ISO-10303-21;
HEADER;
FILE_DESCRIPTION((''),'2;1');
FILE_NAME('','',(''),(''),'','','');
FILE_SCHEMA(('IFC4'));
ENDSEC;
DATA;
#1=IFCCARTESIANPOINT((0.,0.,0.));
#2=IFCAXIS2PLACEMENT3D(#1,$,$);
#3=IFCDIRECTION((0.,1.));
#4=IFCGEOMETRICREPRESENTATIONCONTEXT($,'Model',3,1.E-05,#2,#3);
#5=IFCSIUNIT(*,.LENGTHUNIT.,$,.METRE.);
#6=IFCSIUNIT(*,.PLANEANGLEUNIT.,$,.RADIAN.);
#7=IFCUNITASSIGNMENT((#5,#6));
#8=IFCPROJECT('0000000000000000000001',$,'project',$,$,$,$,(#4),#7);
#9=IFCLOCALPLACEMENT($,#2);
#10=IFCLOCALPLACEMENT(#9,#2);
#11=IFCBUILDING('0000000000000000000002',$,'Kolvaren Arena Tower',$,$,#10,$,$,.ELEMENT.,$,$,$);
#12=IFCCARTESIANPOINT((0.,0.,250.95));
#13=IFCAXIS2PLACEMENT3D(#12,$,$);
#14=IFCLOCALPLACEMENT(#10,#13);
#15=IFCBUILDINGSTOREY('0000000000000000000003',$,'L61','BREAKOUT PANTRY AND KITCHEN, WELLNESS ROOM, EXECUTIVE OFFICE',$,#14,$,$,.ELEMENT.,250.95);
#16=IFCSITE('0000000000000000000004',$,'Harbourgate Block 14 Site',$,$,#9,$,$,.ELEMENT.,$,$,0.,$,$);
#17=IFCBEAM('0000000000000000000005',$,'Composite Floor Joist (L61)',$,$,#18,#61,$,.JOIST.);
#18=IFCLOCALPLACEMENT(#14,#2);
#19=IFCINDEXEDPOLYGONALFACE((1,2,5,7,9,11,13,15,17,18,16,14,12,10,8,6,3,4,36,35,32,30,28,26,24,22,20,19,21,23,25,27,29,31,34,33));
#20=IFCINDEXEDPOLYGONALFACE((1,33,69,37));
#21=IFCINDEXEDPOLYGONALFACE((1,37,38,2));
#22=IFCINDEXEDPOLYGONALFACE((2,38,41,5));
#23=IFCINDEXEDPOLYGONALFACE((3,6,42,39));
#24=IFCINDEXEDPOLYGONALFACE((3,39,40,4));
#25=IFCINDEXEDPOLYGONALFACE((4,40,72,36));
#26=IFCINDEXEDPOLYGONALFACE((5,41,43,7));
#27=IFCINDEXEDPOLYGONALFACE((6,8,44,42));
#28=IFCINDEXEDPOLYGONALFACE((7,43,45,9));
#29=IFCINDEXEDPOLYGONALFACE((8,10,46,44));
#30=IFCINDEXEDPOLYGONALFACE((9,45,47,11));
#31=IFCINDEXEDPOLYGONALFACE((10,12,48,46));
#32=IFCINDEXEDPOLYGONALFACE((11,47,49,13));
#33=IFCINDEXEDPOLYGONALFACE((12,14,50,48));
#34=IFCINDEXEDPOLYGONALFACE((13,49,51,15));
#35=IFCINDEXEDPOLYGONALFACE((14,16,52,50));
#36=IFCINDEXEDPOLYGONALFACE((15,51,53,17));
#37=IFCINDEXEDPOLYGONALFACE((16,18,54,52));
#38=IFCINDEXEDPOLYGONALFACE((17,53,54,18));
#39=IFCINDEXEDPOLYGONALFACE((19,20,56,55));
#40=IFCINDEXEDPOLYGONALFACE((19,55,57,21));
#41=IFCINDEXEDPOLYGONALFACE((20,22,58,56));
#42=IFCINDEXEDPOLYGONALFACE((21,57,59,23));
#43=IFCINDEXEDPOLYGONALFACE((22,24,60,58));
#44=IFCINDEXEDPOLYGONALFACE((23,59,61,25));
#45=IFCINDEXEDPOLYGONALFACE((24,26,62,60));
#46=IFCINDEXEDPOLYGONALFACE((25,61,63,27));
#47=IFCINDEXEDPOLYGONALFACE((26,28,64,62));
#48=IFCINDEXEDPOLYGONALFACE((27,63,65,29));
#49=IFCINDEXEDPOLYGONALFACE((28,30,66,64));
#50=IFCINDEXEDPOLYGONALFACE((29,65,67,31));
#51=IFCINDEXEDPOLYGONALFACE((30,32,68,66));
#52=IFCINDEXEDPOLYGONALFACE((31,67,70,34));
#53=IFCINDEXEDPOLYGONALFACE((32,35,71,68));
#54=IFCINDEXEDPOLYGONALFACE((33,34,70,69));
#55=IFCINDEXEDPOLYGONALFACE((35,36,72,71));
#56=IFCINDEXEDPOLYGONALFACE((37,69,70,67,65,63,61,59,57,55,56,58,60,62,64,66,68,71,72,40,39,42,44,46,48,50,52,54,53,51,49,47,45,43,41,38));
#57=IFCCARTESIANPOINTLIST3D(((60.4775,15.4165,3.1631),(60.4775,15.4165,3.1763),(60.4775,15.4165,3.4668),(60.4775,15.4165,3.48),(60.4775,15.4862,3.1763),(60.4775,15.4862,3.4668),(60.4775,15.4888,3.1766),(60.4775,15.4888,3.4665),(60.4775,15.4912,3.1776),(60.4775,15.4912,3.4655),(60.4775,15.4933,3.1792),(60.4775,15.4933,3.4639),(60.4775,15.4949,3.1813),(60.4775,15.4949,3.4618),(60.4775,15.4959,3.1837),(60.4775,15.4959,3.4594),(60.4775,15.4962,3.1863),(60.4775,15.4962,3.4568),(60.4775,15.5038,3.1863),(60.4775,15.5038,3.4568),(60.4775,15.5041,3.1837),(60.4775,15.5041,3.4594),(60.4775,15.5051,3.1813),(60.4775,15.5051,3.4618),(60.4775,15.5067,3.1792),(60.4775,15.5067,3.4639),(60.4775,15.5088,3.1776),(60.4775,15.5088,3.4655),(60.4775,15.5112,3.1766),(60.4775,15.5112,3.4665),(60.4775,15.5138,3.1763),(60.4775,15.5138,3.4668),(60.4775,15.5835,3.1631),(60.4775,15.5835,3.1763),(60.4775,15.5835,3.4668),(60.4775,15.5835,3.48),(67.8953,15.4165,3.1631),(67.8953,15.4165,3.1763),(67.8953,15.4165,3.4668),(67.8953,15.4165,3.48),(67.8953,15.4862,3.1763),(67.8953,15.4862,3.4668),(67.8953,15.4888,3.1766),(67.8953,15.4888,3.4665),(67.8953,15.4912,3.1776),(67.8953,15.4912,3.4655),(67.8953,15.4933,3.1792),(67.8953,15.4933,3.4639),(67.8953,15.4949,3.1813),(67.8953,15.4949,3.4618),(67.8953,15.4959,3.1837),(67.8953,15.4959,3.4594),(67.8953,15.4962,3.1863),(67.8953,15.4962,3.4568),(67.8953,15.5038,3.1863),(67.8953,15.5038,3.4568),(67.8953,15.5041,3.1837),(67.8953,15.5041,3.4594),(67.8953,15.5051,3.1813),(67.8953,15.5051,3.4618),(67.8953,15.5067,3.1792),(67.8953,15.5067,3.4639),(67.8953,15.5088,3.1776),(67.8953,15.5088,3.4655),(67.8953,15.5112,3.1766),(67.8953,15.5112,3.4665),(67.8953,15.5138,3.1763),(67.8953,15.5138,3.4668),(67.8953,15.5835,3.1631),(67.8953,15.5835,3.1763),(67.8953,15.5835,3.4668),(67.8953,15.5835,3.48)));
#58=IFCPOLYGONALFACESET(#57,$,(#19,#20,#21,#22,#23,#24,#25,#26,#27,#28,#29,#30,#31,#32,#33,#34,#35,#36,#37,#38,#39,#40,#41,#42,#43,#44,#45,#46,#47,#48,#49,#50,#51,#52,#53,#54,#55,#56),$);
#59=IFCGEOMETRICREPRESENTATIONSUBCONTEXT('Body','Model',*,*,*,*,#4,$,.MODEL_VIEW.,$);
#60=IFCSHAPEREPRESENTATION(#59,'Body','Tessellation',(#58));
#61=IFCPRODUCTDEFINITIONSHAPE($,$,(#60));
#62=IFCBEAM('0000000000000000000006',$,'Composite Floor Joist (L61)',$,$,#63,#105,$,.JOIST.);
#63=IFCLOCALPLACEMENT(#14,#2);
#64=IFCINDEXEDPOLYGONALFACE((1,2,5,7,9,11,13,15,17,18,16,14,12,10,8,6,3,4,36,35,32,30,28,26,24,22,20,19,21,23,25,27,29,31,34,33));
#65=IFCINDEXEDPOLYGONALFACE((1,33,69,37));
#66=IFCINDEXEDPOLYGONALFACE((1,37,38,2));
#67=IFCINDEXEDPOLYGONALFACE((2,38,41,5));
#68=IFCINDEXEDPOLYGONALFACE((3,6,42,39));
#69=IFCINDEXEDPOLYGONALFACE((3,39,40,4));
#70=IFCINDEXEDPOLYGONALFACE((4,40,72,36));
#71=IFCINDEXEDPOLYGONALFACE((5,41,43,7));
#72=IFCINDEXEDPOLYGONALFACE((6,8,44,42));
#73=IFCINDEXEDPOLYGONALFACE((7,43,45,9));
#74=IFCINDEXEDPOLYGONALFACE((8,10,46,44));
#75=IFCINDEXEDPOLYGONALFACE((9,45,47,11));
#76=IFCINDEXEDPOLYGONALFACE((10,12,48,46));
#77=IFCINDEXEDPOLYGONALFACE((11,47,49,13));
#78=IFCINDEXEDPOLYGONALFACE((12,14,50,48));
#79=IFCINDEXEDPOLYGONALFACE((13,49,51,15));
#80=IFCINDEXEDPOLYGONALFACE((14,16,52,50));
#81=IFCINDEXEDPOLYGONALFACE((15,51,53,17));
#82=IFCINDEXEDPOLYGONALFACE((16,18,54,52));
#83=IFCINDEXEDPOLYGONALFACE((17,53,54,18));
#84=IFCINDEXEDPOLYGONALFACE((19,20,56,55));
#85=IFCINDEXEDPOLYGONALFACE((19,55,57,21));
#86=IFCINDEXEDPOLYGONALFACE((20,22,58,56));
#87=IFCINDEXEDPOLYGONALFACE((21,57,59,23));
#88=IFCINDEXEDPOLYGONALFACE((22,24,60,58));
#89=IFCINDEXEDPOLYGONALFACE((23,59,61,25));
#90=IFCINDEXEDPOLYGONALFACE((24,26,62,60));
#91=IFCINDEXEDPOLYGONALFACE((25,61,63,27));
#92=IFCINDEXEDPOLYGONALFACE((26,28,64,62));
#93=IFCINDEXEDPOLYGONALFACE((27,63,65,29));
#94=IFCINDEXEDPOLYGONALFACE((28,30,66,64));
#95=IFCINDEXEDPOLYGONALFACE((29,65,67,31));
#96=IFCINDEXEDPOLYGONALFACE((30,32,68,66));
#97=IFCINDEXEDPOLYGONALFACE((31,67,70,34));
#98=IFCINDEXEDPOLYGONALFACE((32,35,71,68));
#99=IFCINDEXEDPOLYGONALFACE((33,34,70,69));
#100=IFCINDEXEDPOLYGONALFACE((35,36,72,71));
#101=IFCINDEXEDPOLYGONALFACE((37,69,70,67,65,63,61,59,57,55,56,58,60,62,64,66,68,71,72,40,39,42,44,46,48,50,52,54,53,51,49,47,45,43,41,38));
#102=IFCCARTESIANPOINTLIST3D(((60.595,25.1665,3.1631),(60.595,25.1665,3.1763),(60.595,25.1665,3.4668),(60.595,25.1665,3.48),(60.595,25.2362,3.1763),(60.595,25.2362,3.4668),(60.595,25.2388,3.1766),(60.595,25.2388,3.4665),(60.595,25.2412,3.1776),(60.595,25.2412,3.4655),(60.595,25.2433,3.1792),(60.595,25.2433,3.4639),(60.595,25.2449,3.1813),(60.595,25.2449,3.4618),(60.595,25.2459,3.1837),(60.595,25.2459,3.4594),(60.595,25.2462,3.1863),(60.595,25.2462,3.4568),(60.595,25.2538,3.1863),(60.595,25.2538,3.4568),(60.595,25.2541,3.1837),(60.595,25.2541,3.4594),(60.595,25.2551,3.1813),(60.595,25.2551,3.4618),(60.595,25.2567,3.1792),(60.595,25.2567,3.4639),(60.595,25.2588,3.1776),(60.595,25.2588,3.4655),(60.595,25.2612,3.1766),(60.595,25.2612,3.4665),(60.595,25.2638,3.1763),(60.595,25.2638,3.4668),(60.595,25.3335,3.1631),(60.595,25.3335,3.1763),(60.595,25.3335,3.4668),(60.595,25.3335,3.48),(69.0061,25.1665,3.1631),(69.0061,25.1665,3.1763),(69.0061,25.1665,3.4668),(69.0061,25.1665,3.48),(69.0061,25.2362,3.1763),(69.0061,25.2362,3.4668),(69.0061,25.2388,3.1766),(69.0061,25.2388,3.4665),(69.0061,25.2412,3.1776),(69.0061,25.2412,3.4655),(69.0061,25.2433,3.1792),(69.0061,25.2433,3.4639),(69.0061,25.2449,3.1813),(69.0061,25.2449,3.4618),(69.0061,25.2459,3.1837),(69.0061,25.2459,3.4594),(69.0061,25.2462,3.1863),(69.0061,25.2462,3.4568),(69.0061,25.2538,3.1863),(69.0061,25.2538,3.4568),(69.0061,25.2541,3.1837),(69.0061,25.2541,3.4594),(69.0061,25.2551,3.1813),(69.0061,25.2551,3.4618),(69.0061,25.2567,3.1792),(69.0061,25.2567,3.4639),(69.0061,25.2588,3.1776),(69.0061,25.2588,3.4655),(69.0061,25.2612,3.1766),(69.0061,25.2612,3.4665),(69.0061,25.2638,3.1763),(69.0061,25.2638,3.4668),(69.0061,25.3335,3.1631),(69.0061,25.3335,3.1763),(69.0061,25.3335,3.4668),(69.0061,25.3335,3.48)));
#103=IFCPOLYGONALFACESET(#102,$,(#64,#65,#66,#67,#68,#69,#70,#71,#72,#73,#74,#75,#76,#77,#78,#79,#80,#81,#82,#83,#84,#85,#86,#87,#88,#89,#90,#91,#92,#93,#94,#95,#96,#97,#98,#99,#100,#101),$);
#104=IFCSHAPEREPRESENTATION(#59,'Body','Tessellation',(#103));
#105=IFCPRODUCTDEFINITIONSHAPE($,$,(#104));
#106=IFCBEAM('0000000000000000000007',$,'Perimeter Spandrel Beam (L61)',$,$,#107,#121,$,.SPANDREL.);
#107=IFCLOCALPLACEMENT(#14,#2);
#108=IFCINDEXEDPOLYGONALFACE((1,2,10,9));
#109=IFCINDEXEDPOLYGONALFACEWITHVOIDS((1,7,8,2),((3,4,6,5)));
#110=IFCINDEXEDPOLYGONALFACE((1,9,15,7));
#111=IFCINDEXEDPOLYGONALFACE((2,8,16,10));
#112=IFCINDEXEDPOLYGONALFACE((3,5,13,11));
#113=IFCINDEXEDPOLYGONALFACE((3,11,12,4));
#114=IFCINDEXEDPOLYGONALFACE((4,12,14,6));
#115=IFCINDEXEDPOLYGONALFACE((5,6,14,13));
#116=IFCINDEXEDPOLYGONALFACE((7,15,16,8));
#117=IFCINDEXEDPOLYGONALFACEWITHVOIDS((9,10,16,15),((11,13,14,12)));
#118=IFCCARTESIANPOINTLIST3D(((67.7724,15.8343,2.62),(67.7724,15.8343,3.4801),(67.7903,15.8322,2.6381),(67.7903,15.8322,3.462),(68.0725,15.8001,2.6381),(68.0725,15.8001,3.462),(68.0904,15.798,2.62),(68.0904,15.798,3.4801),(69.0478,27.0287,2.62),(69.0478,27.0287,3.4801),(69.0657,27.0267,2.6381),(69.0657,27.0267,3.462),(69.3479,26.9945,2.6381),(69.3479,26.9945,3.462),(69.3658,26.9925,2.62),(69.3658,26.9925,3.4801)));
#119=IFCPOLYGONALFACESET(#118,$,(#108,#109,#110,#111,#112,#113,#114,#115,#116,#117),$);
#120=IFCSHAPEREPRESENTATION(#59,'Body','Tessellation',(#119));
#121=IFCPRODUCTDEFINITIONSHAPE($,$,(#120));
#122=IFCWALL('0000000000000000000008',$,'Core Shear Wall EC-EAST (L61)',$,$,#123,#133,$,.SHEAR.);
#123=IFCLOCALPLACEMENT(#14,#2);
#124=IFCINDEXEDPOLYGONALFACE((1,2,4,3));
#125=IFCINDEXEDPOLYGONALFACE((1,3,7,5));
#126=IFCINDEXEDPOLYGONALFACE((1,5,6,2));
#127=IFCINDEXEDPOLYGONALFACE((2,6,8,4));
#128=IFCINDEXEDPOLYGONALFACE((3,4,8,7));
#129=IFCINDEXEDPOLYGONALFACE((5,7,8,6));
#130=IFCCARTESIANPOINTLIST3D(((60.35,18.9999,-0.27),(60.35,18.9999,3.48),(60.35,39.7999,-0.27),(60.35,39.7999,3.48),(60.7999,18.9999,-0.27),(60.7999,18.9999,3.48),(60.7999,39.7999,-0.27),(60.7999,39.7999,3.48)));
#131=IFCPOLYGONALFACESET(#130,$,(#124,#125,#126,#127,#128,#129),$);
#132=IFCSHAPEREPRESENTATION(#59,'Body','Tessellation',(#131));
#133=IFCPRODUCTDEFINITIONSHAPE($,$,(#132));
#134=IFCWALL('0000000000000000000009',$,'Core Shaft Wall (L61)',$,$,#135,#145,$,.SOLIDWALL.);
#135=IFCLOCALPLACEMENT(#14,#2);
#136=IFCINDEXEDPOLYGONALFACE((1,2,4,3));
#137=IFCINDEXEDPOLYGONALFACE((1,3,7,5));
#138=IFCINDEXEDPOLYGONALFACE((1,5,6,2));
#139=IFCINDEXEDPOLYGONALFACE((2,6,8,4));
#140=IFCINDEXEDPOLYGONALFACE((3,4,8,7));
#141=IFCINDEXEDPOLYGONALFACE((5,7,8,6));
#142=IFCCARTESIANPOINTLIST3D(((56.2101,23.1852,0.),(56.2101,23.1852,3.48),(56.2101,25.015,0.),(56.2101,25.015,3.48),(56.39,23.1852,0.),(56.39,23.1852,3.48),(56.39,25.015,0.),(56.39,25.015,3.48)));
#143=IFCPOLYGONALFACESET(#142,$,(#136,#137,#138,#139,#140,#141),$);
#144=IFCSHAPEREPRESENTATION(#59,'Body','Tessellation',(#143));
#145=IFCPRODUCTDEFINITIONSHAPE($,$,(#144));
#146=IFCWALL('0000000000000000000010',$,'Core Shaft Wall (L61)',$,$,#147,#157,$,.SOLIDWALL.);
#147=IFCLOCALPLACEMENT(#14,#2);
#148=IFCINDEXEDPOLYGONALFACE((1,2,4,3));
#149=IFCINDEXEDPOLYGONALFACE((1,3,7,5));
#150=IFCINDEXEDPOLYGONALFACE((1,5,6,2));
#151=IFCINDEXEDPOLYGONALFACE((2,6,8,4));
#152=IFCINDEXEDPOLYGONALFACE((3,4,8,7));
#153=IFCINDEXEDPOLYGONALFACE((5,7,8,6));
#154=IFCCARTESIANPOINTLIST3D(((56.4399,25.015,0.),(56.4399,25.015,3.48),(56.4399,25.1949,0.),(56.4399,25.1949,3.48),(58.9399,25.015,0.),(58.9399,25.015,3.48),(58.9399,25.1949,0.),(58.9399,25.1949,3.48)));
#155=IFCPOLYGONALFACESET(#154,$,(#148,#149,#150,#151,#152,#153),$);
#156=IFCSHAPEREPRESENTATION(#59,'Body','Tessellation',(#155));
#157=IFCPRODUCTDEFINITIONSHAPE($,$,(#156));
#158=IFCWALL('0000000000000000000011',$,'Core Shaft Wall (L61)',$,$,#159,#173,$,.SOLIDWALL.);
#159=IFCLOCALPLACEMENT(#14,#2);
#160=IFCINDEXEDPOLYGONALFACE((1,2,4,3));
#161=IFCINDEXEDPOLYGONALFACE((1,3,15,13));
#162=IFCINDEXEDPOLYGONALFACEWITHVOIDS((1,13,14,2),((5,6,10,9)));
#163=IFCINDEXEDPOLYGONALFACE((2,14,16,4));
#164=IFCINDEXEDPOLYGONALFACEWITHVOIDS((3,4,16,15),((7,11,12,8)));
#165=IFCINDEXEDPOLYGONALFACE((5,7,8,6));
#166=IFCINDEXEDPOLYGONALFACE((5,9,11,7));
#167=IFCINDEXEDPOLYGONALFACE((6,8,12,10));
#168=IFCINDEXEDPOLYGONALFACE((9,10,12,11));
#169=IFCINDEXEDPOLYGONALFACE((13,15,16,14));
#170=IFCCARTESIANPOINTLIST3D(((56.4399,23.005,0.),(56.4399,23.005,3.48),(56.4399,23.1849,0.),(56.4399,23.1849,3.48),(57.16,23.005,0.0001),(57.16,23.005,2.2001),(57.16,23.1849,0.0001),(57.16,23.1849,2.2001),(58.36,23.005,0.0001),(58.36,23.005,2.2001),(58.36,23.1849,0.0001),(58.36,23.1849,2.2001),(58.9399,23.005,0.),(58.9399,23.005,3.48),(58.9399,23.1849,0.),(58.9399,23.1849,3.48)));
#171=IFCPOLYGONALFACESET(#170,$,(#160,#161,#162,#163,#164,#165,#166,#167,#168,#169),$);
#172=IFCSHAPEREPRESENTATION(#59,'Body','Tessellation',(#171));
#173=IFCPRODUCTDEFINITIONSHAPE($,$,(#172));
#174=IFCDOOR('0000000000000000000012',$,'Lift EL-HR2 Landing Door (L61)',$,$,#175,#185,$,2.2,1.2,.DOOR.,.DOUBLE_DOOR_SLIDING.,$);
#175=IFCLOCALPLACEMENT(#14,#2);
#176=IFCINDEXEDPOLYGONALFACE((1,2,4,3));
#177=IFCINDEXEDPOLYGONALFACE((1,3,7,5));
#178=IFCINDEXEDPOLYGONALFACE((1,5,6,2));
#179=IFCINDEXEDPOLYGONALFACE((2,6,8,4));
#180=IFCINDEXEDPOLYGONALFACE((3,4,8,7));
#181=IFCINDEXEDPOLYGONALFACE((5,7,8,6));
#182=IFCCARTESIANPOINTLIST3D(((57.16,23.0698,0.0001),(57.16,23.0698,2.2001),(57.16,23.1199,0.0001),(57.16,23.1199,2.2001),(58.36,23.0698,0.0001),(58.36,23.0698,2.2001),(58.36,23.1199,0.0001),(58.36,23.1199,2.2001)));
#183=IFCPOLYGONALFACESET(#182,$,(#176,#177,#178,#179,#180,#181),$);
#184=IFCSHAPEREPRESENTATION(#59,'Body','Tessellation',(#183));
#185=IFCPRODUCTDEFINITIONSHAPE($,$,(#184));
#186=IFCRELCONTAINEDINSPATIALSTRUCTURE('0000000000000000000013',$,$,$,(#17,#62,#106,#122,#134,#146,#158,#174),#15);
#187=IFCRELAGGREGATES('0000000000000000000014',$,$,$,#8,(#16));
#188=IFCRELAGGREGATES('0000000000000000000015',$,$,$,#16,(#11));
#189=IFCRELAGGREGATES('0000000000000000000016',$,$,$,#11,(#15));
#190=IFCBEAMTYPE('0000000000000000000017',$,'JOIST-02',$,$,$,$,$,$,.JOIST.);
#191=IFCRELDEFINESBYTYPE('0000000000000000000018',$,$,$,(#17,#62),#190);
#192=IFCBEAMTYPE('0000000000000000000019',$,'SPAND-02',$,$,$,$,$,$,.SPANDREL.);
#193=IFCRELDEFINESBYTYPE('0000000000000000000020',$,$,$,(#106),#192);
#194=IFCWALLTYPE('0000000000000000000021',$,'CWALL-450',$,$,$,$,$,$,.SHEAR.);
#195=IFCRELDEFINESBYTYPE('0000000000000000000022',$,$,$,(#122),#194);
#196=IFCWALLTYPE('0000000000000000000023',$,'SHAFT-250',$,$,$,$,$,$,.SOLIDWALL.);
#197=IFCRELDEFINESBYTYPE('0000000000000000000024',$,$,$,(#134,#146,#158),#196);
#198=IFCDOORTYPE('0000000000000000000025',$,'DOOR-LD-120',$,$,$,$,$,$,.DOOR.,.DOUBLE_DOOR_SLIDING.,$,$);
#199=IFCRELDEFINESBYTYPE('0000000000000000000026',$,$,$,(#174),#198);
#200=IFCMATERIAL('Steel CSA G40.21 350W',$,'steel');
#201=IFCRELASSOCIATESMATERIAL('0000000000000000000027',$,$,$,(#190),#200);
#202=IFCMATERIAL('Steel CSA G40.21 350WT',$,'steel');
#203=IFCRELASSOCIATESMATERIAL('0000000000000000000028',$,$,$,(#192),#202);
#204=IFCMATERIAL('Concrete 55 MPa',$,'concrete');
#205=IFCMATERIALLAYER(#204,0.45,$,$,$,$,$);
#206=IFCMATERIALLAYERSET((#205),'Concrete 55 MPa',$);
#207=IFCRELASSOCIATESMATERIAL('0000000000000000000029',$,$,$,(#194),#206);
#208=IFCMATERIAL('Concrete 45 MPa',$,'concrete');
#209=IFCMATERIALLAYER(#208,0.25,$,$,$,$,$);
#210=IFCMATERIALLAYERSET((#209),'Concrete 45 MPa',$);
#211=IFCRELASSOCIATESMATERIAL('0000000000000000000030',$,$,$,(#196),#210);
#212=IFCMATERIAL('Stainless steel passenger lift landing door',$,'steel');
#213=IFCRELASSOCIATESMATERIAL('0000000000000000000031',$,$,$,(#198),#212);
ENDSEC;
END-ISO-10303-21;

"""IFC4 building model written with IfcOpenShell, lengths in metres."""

from ifc_helpers import new_model, si_unit, direction, frame, frame_2d, origin, origin_2d, place, context, subcontext, project, spatial, rectangle, hollow_rectangle, i_section, extrude, material, layer, layer_set, material_profile, profile_set, type_object, element, fill, save


model = new_model("IFC4")

# Units and contexts
model_context = context("Model", 3, precision=1e-05, world=origin(), true_north=direction((0.0, 1.0)))
body_context = subcontext(model_context, "Body", "Model", "MODEL_VIEW")
ifc_project = project(units=[si_unit("LENGTHUNIT", "METRE"), si_unit("PLANEANGLEUNIT", "RADIAN")], contexts=[model_context])

# Site, building, storey
site_placement = place(None, origin())
site = spatial("IfcSite", under=ifc_project, at=site_placement, Name="Harbourgate Block 14 Site", CompositionType="ELEMENT", RefElevation=0.0)
building_placement = place(site_placement, origin())
building = spatial("IfcBuilding", under=site, at=building_placement, Name="Kolvaren Arena Tower", CompositionType="ELEMENT")
storey_placement = place(building_placement, frame((0.0, 0.0, 250.95)))
storey = spatial("IfcBuildingStorey", under=building, at=storey_placement, Name="L61", Description="BREAKOUT PANTRY AND KITCHEN, WELLNESS ROOM, EXECUTIVE OFFICE", CompositionType="ELEMENT", Elevation=250.95)

# Beams
ifc_material_1 = material(Name="Steel CSA G40.21 350W", Category="steel")
ifc_material_profile_1 = material_profile(ifc_material_1, i_section(OverallWidth=0.167, OverallDepth=0.3169, WebThickness=0.0076, FlangeThickness=0.0132, FilletRadius=0.01, at=origin_2d()), Name="W310x52")
ifc_profile_set_1 = profile_set([ifc_material_profile_1], Name="Steel CSA G40.21 350W")
beam_type_1 = type_object("IfcBeamType", Name="JOIST-02", PredefinedType="JOIST", material=ifc_profile_set_1)
beam_1_placement = place(storey_placement, frame((60.4775, 15.5, 3.3215), z_axis=(1.0, 0.0, 0.0), x_axis=(0.0, 1.0, 0.0)))
element("IfcBeam", 1, at=beam_1_placement, inside=storey, type_object=beam_type_1, Name="Composite Floor Joist (L61)", PredefinedType="JOIST", context=body_context, shape_type="SweptSolid", body=[
    extrude(i_section(OverallWidth=0.167, OverallDepth=0.3169, WebThickness=0.0076, FlangeThickness=0.0132, FilletRadius=0.01, at=origin_2d()), origin(), (0.0, 0.0, 1.0), 7.4177),
])
beam_2_placement = place(storey_placement, frame((60.595, 25.25, 3.3215), z_axis=(1.0, 0.0, 0.0), x_axis=(0.0, 1.0, 0.0)))
element("IfcBeam", 2, at=beam_2_placement, inside=storey, type_object=beam_type_1, Name="Composite Floor Joist (L61)", PredefinedType="JOIST", context=body_context, shape_type="SweptSolid", body=[
    extrude(i_section(OverallWidth=0.167, OverallDepth=0.3169, WebThickness=0.0076, FlangeThickness=0.0132, FilletRadius=0.01, at=origin_2d()), origin(), (0.0, 0.0, 1.0), 8.4111),
])
ifc_material_2 = material(Name="Steel CSA G40.21 350WT", Category="steel")
ifc_material_profile_2 = material_profile(ifc_material_2, hollow_rectangle(XDim=0.3201, YDim=0.8601, WallThickness=0.0181, at=origin_2d()), Name="HSS 860x320x18")
ifc_profile_set_2 = profile_set([ifc_material_profile_2], Name="Steel CSA G40.21 350WT")
beam_type_2 = type_object("IfcBeamType", Name="SPAND-02", PredefinedType="SPANDREL", material=ifc_profile_set_2)
beam_3_placement = place(storey_placement, frame((67.9314, 15.8162, 3.05), z_axis=(0.113199, 0.993572, 0.0), x_axis=(-0.993572, 0.113199, 0.0)))
element("IfcBeam", 3, at=beam_3_placement, inside=storey, type_object=beam_type_2, Name="Perimeter Spandrel Beam (L61)", PredefinedType="SPANDREL", context=body_context, shape_type="SweptSolid", body=[
    extrude(hollow_rectangle(XDim=0.3201, YDim=0.8601, WallThickness=0.0181, at=origin_2d()), origin(), (0.0, 0.0, 1.0), 11.2668),
])

# Walls
ifc_material_3 = material(Name="Concrete 55 MPa", Category="concrete")
ifc_layer_1 = layer(ifc_material_3, 0.45)
ifc_layer_set_1 = layer_set([ifc_layer_1], Name="Concrete 55 MPa")
wall_type_1 = type_object("IfcWallType", Name="CWALL-450", PredefinedType="SHEAR", material=ifc_layer_set_1)
wall_1_placement = place(storey_placement, frame((60.575, 19.0, -0.27), z_axis=(0.0, 0.0, 1.0), x_axis=(0.0, 1.0, 0.0)))
element("IfcWall", 4, at=wall_1_placement, inside=storey, type_object=wall_type_1, Name="Core Shear Wall EC-EAST (L61)", PredefinedType="SHEAR", context=body_context, shape_type="SweptSolid", body=[
    extrude(rectangle(XDim=20.8, YDim=0.45, at=frame_2d((10.3999, 0.0))), origin(), (0.0, 0.0, 1.0), 3.75),
])
ifc_material_4 = material(Name="Concrete 45 MPa", Category="concrete")
ifc_layer_2 = layer(ifc_material_4, 0.25)
ifc_layer_set_2 = layer_set([ifc_layer_2], Name="Concrete 45 MPa")
wall_type_2 = type_object("IfcWallType", Name="SHAFT-250", PredefinedType="SOLIDWALL", material=ifc_layer_set_2)
wall_2_placement = place(storey_placement, frame((56.3, 23.1851, 0.0), z_axis=(0.0, 0.0, 1.0), x_axis=(0.0, 1.0, 0.0)))
element("IfcWall", 5, at=wall_2_placement, inside=storey, type_object=wall_type_2, Name="Core Shaft Wall (L61)", PredefinedType="SOLIDWALL", context=body_context, shape_type="SweptSolid", body=[
    extrude(rectangle(XDim=1.8298, YDim=0.1799, at=frame_2d((0.915, 0.0))), origin(), (0.0, 0.0, 1.0), 3.48),
])
wall_3_placement = place(storey_placement, frame((56.4399, 25.105, 0.0), z_axis=(0.0, 0.0, 1.0), x_axis=(1.0, 0.0, 0.0)))
element("IfcWall", 6, at=wall_3_placement, inside=storey, type_object=wall_type_2, Name="Core Shaft Wall (L61)", PredefinedType="SOLIDWALL", context=body_context, shape_type="SweptSolid", body=[
    extrude(rectangle(XDim=2.5, YDim=0.1799, at=frame_2d((1.25, 0.0))), origin(), (0.0, 0.0, 1.0), 3.48),
])

# Wall, opening, door
wall_4_placement = place(storey_placement, frame((56.4399, 23.095, 0.0), z_axis=(0.0, 0.0, 1.0), x_axis=(1.0, 0.0, 0.0)))
wall_4 = element("IfcWall", 7, at=wall_4_placement, inside=storey, type_object=wall_type_2, Name="Core Shaft Wall (L61)", PredefinedType="SOLIDWALL", context=body_context, shape_type="SweptSolid", body=[
    extrude(rectangle(XDim=2.5, YDim=0.1799, at=frame_2d((1.25, 0.0))), origin(), (0.0, 0.0, 1.0), 3.48),
])
opening_1_placement = place(wall_4_placement, frame((0.72, 0.0, 0.0)))
opening_1 = element("IfcOpeningElement", 8, at=opening_1_placement, cuts=wall_4, PredefinedType="OPENING", context=body_context, shape_type="SweptSolid", body=[
    extrude(rectangle(XDim=1.2, YDim=2.2, at=frame_2d((0.6001, 1.1001))), frame((0.0, 0.0999, 0.0), z_axis=(0.0, -1.0, 0.0), x_axis=(1.0, 0.0, 0.0)), (0.0, 0.0, 1.0), 0.2),
])
ifc_material_5 = material(Name="Stainless steel passenger lift landing door", Category="steel")
door_type_1 = type_object("IfcDoorType", Name="DOOR-LD-120", OperationType="DOUBLE_DOOR_SLIDING", PredefinedType="DOOR", material=ifc_material_5)
door_1_placement = place(opening_1_placement, origin())
door_1 = element("IfcDoor", 9, at=door_1_placement, inside=storey, type_object=door_type_1, Name="Lift EL-HR2 Landing Door (L61)", OperationType="DOUBLE_DOOR_SLIDING", OverallHeight=2.2, OverallWidth=1.2, PredefinedType="DOOR", context=body_context, shape_type="SweptSolid", body=[
    extrude(rectangle(XDim=1.2, YDim=2.2, at=frame_2d((0.6001, 1.1001))), frame((0.0, 0.0249, 0.0), z_axis=(0.0, -1.0, 0.0), x_axis=(1.0, 0.0, 0.0)), (0.0, 0.0, 1.0), 0.05),
])
fill(opening_1, door_1)

save(model, "model.ifc")
